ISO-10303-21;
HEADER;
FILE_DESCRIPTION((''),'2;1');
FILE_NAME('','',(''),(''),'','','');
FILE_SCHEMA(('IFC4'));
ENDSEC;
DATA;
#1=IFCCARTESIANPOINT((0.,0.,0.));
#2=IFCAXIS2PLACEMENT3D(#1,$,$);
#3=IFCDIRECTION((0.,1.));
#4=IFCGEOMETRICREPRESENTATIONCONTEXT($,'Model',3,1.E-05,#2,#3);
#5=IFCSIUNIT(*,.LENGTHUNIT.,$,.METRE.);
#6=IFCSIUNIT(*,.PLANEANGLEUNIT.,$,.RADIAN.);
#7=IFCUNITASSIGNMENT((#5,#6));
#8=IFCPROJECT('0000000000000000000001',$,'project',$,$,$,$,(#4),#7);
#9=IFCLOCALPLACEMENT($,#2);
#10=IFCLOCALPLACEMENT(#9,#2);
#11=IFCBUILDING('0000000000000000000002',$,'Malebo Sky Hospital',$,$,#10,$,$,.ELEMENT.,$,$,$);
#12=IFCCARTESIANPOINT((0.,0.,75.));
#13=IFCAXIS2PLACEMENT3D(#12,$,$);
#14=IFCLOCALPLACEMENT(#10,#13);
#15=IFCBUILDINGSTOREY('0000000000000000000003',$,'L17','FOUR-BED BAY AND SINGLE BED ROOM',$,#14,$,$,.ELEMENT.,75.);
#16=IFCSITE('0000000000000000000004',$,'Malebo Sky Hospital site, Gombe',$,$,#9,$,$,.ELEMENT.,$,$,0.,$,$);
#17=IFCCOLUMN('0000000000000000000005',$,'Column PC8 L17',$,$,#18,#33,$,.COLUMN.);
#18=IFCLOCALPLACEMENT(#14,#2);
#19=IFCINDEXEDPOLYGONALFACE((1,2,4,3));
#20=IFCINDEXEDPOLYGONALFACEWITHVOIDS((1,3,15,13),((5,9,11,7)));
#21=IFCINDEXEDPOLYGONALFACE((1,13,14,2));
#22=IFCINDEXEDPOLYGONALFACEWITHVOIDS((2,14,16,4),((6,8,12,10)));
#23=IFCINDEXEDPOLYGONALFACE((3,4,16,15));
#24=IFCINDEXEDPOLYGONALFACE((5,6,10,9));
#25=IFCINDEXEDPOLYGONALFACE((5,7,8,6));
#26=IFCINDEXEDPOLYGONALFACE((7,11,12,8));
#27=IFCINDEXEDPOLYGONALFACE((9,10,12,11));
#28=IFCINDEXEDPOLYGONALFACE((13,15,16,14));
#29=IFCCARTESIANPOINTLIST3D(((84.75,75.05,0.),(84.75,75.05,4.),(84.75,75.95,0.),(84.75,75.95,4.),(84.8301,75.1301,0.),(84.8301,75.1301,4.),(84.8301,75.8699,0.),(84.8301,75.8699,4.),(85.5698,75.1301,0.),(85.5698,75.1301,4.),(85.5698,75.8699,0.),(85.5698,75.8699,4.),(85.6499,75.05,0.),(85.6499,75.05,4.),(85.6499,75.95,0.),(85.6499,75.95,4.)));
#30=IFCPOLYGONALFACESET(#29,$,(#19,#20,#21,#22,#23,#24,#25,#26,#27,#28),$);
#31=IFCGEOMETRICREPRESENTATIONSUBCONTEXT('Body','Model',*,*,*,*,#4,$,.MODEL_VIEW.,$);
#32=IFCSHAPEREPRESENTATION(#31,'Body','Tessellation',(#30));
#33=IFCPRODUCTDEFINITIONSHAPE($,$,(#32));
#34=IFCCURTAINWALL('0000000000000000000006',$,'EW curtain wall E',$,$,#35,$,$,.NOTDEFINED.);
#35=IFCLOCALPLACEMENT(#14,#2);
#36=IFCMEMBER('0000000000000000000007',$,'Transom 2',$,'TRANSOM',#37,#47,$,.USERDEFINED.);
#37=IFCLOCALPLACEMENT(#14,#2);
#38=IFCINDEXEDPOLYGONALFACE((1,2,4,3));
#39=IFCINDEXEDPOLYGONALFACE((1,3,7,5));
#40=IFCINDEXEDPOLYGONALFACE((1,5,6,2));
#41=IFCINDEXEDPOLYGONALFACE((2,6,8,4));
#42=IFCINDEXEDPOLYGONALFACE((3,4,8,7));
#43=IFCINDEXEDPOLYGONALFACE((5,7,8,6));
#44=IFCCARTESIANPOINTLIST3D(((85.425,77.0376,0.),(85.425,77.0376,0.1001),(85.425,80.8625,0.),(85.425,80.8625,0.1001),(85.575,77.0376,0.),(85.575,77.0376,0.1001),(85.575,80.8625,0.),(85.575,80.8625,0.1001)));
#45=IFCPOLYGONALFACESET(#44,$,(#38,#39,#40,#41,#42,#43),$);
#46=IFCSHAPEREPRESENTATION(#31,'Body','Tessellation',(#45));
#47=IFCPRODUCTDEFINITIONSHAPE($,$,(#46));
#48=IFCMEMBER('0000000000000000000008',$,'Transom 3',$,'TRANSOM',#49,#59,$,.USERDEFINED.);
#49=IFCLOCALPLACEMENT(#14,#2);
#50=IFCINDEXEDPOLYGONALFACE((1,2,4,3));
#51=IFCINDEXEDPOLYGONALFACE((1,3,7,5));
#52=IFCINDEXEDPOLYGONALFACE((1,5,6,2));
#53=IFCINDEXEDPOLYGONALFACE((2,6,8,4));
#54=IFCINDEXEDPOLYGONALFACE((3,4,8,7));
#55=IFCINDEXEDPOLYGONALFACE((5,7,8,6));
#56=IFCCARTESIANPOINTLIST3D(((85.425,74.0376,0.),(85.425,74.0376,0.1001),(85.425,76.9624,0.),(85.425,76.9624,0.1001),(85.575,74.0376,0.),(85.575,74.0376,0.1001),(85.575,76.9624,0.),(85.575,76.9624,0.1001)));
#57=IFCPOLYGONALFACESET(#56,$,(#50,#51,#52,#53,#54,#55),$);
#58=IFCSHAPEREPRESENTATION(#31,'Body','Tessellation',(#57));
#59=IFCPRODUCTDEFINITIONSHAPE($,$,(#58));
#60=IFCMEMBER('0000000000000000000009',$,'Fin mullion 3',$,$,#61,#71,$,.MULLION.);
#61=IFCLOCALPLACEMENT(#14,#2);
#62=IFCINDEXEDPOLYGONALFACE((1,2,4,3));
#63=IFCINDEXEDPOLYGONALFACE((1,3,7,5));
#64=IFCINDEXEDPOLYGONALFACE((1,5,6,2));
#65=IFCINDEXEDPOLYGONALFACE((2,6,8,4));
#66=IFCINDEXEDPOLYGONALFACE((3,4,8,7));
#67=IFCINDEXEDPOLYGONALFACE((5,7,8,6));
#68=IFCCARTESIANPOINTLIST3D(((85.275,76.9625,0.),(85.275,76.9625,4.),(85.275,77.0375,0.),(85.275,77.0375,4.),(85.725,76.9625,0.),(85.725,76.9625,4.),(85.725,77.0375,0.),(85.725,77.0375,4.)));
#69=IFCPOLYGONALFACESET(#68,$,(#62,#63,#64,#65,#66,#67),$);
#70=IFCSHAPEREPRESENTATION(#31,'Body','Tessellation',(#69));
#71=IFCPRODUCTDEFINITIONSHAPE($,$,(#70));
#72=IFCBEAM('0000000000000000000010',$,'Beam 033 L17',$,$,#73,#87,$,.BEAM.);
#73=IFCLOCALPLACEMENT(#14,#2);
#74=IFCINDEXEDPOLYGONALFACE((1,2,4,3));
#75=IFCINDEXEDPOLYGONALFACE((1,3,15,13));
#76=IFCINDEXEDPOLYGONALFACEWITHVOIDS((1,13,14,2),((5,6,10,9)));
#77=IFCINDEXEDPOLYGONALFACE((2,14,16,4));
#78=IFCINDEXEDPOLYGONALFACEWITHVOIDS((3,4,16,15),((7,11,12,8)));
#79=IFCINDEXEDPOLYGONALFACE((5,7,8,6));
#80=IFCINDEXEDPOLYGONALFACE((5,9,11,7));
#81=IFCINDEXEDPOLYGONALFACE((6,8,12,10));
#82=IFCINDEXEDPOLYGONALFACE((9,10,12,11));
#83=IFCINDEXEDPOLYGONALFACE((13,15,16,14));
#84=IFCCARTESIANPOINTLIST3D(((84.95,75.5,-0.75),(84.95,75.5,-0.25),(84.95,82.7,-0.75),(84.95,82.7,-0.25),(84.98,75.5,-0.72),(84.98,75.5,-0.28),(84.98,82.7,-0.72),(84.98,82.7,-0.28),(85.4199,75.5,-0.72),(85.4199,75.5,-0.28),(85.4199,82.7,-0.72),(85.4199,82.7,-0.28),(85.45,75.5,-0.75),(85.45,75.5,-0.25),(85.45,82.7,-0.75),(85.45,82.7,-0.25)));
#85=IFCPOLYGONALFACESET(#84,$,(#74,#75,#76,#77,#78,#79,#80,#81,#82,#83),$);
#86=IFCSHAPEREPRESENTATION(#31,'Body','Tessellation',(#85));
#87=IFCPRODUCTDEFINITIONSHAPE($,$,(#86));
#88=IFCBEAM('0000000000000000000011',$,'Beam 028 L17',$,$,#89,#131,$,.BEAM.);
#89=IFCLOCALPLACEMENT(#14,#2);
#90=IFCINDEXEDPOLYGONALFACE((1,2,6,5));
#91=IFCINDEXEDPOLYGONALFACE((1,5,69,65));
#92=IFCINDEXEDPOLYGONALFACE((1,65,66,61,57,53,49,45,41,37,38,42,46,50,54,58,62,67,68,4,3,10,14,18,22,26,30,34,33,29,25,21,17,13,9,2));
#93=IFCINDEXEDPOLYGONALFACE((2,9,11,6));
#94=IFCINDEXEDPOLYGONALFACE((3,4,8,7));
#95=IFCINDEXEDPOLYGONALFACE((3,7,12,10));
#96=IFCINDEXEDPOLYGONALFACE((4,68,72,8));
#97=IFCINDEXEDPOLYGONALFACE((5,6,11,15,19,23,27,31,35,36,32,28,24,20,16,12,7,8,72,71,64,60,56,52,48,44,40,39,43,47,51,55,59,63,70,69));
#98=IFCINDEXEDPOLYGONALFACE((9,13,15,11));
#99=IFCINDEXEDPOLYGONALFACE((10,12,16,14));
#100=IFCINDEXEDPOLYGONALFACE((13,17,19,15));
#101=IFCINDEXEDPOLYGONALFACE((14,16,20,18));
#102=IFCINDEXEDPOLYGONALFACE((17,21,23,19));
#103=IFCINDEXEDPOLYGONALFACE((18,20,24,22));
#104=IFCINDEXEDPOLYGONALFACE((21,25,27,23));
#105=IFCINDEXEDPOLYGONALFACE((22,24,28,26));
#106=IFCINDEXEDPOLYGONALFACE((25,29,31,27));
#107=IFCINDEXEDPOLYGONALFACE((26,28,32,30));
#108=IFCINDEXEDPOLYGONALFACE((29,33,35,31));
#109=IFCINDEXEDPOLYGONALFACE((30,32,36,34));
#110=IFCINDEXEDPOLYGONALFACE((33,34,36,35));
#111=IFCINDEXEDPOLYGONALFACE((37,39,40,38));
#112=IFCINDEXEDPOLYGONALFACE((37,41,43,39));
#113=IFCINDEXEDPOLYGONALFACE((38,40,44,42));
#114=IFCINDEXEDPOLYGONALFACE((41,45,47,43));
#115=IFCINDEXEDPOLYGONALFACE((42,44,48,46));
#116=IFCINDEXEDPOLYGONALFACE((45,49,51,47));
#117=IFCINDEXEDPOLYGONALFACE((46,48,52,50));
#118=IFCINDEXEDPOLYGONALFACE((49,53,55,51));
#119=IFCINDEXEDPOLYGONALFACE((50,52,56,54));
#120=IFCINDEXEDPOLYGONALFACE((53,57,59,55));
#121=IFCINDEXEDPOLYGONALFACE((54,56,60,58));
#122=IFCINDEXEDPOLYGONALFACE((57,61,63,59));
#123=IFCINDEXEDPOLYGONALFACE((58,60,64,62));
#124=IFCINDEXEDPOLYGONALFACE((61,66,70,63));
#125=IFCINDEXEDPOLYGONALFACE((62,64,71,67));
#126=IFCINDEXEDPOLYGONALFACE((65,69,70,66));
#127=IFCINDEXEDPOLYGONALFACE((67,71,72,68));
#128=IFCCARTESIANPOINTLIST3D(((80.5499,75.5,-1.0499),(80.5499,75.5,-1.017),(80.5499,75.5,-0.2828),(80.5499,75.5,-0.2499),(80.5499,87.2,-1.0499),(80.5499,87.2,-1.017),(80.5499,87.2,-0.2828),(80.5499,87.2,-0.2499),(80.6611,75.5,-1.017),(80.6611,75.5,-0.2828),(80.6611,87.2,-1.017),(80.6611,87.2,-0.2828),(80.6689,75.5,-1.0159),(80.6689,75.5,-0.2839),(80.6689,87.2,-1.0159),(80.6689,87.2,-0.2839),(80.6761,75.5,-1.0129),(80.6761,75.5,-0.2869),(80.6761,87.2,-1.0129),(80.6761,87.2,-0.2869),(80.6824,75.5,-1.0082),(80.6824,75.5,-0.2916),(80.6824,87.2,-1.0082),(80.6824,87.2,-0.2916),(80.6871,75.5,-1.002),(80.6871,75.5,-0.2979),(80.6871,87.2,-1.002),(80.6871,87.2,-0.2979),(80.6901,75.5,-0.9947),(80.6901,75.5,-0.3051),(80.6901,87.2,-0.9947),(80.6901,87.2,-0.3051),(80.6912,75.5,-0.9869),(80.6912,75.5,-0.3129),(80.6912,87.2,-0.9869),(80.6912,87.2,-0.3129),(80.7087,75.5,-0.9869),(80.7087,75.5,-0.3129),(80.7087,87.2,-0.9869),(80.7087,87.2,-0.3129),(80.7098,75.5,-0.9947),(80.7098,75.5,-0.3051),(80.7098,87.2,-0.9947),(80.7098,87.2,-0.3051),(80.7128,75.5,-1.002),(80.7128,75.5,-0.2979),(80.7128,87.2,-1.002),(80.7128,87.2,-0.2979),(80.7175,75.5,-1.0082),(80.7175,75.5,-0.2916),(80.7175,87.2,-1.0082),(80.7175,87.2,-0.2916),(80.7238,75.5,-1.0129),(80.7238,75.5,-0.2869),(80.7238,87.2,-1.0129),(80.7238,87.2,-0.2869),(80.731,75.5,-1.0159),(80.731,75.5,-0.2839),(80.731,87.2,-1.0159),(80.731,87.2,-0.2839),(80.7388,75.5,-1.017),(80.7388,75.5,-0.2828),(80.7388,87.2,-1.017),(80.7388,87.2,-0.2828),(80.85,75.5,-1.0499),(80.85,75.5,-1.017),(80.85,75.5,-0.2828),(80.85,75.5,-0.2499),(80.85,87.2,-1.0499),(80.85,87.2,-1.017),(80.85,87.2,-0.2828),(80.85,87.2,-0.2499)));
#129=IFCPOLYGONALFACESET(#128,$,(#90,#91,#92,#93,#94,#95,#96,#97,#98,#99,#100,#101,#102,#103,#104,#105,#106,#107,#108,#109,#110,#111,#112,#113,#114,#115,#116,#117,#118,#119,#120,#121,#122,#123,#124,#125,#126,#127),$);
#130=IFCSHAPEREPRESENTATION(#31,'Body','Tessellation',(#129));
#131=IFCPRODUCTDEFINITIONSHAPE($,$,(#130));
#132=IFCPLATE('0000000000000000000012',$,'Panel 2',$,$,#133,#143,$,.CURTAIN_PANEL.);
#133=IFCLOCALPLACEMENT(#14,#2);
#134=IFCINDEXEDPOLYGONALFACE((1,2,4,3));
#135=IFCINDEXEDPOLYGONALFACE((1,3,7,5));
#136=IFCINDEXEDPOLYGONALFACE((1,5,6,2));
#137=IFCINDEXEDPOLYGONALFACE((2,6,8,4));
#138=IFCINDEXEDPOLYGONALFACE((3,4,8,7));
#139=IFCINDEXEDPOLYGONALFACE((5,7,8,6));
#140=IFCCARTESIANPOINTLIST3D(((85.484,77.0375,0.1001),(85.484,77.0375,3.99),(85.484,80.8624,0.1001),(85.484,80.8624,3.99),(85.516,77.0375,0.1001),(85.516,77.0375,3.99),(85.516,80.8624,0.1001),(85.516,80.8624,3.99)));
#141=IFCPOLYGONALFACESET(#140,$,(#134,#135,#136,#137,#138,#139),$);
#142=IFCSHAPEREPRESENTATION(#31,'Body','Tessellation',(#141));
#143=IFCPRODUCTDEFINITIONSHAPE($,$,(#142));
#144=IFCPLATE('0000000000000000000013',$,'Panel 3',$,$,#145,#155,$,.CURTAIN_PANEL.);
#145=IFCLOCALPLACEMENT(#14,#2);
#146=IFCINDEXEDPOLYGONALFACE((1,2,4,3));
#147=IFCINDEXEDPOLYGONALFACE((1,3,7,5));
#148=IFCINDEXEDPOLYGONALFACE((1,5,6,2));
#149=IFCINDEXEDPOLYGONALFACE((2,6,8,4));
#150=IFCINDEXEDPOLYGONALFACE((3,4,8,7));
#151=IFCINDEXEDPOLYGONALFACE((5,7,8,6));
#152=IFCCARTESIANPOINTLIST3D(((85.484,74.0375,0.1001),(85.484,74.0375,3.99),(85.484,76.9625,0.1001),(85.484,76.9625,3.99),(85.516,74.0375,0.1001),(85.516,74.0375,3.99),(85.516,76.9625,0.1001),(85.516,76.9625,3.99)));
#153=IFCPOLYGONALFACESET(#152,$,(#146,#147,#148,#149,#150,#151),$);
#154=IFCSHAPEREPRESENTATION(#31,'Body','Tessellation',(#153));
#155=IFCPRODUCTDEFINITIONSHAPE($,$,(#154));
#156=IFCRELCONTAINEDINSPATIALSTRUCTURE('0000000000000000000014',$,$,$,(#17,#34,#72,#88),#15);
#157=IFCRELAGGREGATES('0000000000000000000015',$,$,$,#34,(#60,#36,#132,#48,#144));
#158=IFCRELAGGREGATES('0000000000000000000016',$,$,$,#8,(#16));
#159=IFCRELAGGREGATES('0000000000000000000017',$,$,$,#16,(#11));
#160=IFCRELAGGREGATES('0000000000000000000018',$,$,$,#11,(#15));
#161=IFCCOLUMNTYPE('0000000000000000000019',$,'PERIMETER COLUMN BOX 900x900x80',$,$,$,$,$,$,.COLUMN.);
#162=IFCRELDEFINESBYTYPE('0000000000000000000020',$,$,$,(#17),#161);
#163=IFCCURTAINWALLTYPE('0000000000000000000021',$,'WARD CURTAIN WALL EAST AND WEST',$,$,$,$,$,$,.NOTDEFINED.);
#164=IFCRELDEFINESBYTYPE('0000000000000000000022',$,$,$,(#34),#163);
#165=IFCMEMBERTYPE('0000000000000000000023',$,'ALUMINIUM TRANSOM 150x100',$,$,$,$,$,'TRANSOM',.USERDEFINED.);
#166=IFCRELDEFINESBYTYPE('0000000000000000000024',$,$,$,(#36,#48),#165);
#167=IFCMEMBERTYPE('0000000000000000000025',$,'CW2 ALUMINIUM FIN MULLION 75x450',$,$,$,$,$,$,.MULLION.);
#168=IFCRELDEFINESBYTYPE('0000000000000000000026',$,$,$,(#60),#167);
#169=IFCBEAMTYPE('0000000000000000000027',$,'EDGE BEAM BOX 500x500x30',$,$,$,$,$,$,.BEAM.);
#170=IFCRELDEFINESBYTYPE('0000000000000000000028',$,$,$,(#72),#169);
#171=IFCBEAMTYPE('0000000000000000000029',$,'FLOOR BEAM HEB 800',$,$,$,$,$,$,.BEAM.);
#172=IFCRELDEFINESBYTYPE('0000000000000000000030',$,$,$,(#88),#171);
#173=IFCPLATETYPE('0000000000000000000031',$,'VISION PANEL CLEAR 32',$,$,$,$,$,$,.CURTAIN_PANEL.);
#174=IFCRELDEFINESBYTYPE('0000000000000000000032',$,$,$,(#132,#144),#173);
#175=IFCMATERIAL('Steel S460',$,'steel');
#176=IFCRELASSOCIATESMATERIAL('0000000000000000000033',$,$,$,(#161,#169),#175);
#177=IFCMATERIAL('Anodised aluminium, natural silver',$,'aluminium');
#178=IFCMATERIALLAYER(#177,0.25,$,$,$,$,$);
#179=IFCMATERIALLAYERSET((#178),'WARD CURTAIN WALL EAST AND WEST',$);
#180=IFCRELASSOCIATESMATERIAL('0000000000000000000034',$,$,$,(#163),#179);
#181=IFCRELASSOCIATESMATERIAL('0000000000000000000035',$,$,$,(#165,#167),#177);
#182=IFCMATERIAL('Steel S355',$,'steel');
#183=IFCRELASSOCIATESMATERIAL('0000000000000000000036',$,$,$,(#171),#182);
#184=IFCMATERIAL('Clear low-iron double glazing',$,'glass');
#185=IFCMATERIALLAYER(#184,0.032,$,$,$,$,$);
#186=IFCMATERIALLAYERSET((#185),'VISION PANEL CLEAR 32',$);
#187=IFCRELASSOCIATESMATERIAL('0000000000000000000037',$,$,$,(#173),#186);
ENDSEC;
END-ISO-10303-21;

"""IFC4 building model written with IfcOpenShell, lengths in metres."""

from ifc_helpers import new_model, si_unit, direction, frame, origin, origin_2d, place, context, subcontext, project, spatial, rectangle, hollow_rectangle, i_section, extrude, material, layer, layer_set, material_profile, profile_set, type_object, element, aggregate, save


model = new_model("IFC4")

# Units and contexts
model_context = context("Model", 3, precision=1e-05, world=origin(), true_north=direction((0.0, 1.0)))
body_context = subcontext(model_context, "Body", "Model", "MODEL_VIEW")
ifc_project = project(units=[si_unit("LENGTHUNIT", "METRE"), si_unit("PLANEANGLEUNIT", "RADIAN")], contexts=[model_context])

# Site, building, storey
site_placement = place(None, origin())
site = spatial("IfcSite", under=ifc_project, at=site_placement, Name="Malebo Sky Hospital site, Gombe", CompositionType="ELEMENT", RefElevation=0.0)
building_placement = place(site_placement, origin())
building = spatial("IfcBuilding", under=site, at=building_placement, Name="Malebo Sky Hospital", CompositionType="ELEMENT")
storey_placement = place(building_placement, frame((0.0, 0.0, 75.0)))
storey = spatial("IfcBuildingStorey", under=building, at=storey_placement, Name="L17", Description="FOUR-BED BAY AND SINGLE BED ROOM", CompositionType="ELEMENT", Elevation=75.0)

# Column
ifc_material_1 = material(Name="Steel S460", Category="steel")
ifc_material_profile_1 = material_profile(ifc_material_1, hollow_rectangle(XDim=0.8999, YDim=0.8999, WallThickness=0.0801, at=origin_2d()), Name="BOX 900x900x80")
ifc_profile_set_1 = profile_set([ifc_material_profile_1], Name="Steel S460")
column_type = type_object("IfcColumnType", Name="PERIMETER COLUMN BOX 900x900x80", PredefinedType="COLUMN", material=ifc_profile_set_1)
column_placement = place(storey_placement, frame((85.2, 75.5, 0.0), z_axis=(0.0, 0.0, 1.0), x_axis=(1.0, 0.0, 0.0)))
element("IfcColumn", 1, at=column_placement, inside=storey, type_object=column_type, Name="Column PC8 L17", PredefinedType="COLUMN", context=body_context, shape_type="SweptSolid", body=[
    extrude(hollow_rectangle(XDim=0.8999, YDim=0.8999, WallThickness=0.0801, at=origin_2d()), origin(), (0.0, 0.0, 1.0), 4.0),
])

# Curtain wall, members
ifc_material_2 = material(Name="Anodised aluminium, natural silver", Category="aluminium")
ifc_layer_1 = layer(ifc_material_2, 0.25)
ifc_layer_set_1 = layer_set([ifc_layer_1], Name="WARD CURTAIN WALL EAST AND WEST")
curtain_wall_type = type_object("IfcCurtainWallType", Name="WARD CURTAIN WALL EAST AND WEST", PredefinedType="NOTDEFINED", material=ifc_layer_set_1)
curtain_wall_placement = place(storey_placement, origin())
curtain_wall = element("IfcCurtainWall", 2, at=curtain_wall_placement, inside=storey, type_object=curtain_wall_type, Name="EW curtain wall E", PredefinedType="NOTDEFINED")
ifc_material_profile_2 = material_profile(ifc_material_2, rectangle(XDim=0.1499, YDim=0.1001, at=origin_2d()), Name="ALUMINIUM TRANSOM 150x100")
ifc_profile_set_2 = profile_set([ifc_material_profile_2], Name="Anodised aluminium, natural silver")
member_type_1 = type_object("IfcMemberType", Name="ALUMINIUM TRANSOM 150x100", ElementType="TRANSOM", PredefinedType="USERDEFINED", material=ifc_profile_set_2)
member_1_placement = place(storey_placement, frame((85.5, 80.8625, 0.05), z_axis=(0.0, -1.0, 0.0), x_axis=(1.0, 0.0, 0.0)))
member_1 = element("IfcMember", 3, at=member_1_placement, type_object=member_type_1, Name="Transom 2", ObjectType="TRANSOM", PredefinedType="USERDEFINED", context=body_context, shape_type="SweptSolid", body=[
    extrude(rectangle(XDim=0.1499, YDim=0.1001, at=origin_2d()), origin(), (0.0, 0.0, 1.0), 3.825),
])
member_2_placement = place(storey_placement, frame((85.5, 76.9624, 0.05), z_axis=(0.0, -1.0, 0.0), x_axis=(1.0, 0.0, 0.0)))
member_2 = element("IfcMember", 4, at=member_2_placement, type_object=member_type_1, Name="Transom 3", ObjectType="TRANSOM", PredefinedType="USERDEFINED", context=body_context, shape_type="SweptSolid", body=[
    extrude(rectangle(XDim=0.1499, YDim=0.1001, at=origin_2d()), origin(), (0.0, 0.0, 1.0), 2.9248),
])
ifc_material_profile_3 = material_profile(ifc_material_2, rectangle(XDim=0.075, YDim=0.45, at=origin_2d()), Name="CW2 ALUMINIUM FIN MULLION 75x450")
ifc_profile_set_3 = profile_set([ifc_material_profile_3], Name="Anodised aluminium, natural silver")
member_type_2 = type_object("IfcMemberType", Name="CW2 ALUMINIUM FIN MULLION 75x450", PredefinedType="MULLION", material=ifc_profile_set_3)
member_3_placement = place(storey_placement, frame((85.5, 77.0, 0.0), z_axis=(0.0, 0.0, 1.0), x_axis=(0.0, -1.0, 0.0)))
member_3 = element("IfcMember", 5, at=member_3_placement, type_object=member_type_2, Name="Fin mullion 3", PredefinedType="MULLION", context=body_context, shape_type="SweptSolid", body=[
    extrude(rectangle(XDim=0.075, YDim=0.45, at=origin_2d()), origin(), (0.0, 0.0, 1.0), 4.0),
])

# Beams
ifc_material_profile_4 = material_profile(ifc_material_1, hollow_rectangle(XDim=0.5, YDim=0.5, WallThickness=0.03, at=origin_2d()), Name="BOX 500x500x30")
ifc_profile_set_4 = profile_set([ifc_material_profile_4], Name="Steel S460")
beam_type_1 = type_object("IfcBeamType", Name="EDGE BEAM BOX 500x500x30", PredefinedType="BEAM", material=ifc_profile_set_4)
beam_1_placement = place(storey_placement, frame((85.2, 75.5, -0.5), z_axis=(0.0, 1.0, 0.0), x_axis=(-1.0, 0.0, 0.0)))
element("IfcBeam", 6, at=beam_1_placement, inside=storey, type_object=beam_type_1, Name="Beam 033 L17", PredefinedType="BEAM", context=body_context, shape_type="SweptSolid", body=[
    extrude(hollow_rectangle(XDim=0.5, YDim=0.5, WallThickness=0.03, at=origin_2d()), origin(), (0.0, 0.0, 1.0), 7.2),
])
ifc_material_3 = material(Name="Steel S355", Category="steel")
ifc_material_profile_5 = material_profile(ifc_material_3, i_section(OverallWidth=0.3, OverallDepth=0.8, WebThickness=0.0176, FlangeThickness=0.033, FilletRadius=0.03, at=origin_2d()), Name="HEB 800")
ifc_profile_set_5 = profile_set([ifc_material_profile_5], Name="Steel S355")
beam_type_2 = type_object("IfcBeamType", Name="FLOOR BEAM HEB 800", PredefinedType="BEAM", material=ifc_profile_set_5)
beam_2_placement = place(storey_placement, frame((80.7, 75.5, -0.6499), z_axis=(0.0, 1.0, 0.0), x_axis=(-1.0, 0.0, 0.0)))
element("IfcBeam", 7, at=beam_2_placement, inside=storey, type_object=beam_type_2, Name="Beam 028 L17", PredefinedType="BEAM", context=body_context, shape_type="SweptSolid", body=[
    extrude(i_section(OverallWidth=0.3, OverallDepth=0.8, WebThickness=0.0176, FlangeThickness=0.033, FilletRadius=0.03, at=origin_2d()), origin(), (0.0, 0.0, 1.0), 11.7),
])

# Plates
ifc_material_4 = material(Name="Clear low-iron double glazing", Category="glass")
ifc_layer_2 = layer(ifc_material_4, 0.032)
ifc_layer_set_2 = layer_set([ifc_layer_2], Name="VISION PANEL CLEAR 32")
plate_type = type_object("IfcPlateType", Name="VISION PANEL CLEAR 32", PredefinedType="CURTAIN_PANEL", material=ifc_layer_set_2)
plate_1_placement = place(storey_placement, frame((85.5, 78.95, 0.1001), z_axis=(0.0, 0.0, 1.0), x_axis=(0.0, -1.0, 0.0)))
plate_1 = element("IfcPlate", 8, at=plate_1_placement, type_object=plate_type, Name="Panel 2", PredefinedType="CURTAIN_PANEL", context=body_context, shape_type="SweptSolid", body=[
    extrude(rectangle(XDim=3.825, YDim=0.032, at=origin_2d()), origin(), (0.0, 0.0, 1.0), 3.8899),
])
plate_2_placement = place(storey_placement, frame((85.5, 75.5, 0.1001), z_axis=(0.0, 0.0, 1.0), x_axis=(0.0, -1.0, 0.0)))
plate_2 = element("IfcPlate", 9, at=plate_2_placement, type_object=plate_type, Name="Panel 3", PredefinedType="CURTAIN_PANEL", context=body_context, shape_type="SweptSolid", body=[
    extrude(rectangle(XDim=2.925, YDim=0.032, at=origin_2d()), origin(), (0.0, 0.0, 1.0), 3.8899),
])
aggregate(curtain_wall, [member_3, member_1, plate_1, member_2, plate_2])

save(model, "model.ifc")
